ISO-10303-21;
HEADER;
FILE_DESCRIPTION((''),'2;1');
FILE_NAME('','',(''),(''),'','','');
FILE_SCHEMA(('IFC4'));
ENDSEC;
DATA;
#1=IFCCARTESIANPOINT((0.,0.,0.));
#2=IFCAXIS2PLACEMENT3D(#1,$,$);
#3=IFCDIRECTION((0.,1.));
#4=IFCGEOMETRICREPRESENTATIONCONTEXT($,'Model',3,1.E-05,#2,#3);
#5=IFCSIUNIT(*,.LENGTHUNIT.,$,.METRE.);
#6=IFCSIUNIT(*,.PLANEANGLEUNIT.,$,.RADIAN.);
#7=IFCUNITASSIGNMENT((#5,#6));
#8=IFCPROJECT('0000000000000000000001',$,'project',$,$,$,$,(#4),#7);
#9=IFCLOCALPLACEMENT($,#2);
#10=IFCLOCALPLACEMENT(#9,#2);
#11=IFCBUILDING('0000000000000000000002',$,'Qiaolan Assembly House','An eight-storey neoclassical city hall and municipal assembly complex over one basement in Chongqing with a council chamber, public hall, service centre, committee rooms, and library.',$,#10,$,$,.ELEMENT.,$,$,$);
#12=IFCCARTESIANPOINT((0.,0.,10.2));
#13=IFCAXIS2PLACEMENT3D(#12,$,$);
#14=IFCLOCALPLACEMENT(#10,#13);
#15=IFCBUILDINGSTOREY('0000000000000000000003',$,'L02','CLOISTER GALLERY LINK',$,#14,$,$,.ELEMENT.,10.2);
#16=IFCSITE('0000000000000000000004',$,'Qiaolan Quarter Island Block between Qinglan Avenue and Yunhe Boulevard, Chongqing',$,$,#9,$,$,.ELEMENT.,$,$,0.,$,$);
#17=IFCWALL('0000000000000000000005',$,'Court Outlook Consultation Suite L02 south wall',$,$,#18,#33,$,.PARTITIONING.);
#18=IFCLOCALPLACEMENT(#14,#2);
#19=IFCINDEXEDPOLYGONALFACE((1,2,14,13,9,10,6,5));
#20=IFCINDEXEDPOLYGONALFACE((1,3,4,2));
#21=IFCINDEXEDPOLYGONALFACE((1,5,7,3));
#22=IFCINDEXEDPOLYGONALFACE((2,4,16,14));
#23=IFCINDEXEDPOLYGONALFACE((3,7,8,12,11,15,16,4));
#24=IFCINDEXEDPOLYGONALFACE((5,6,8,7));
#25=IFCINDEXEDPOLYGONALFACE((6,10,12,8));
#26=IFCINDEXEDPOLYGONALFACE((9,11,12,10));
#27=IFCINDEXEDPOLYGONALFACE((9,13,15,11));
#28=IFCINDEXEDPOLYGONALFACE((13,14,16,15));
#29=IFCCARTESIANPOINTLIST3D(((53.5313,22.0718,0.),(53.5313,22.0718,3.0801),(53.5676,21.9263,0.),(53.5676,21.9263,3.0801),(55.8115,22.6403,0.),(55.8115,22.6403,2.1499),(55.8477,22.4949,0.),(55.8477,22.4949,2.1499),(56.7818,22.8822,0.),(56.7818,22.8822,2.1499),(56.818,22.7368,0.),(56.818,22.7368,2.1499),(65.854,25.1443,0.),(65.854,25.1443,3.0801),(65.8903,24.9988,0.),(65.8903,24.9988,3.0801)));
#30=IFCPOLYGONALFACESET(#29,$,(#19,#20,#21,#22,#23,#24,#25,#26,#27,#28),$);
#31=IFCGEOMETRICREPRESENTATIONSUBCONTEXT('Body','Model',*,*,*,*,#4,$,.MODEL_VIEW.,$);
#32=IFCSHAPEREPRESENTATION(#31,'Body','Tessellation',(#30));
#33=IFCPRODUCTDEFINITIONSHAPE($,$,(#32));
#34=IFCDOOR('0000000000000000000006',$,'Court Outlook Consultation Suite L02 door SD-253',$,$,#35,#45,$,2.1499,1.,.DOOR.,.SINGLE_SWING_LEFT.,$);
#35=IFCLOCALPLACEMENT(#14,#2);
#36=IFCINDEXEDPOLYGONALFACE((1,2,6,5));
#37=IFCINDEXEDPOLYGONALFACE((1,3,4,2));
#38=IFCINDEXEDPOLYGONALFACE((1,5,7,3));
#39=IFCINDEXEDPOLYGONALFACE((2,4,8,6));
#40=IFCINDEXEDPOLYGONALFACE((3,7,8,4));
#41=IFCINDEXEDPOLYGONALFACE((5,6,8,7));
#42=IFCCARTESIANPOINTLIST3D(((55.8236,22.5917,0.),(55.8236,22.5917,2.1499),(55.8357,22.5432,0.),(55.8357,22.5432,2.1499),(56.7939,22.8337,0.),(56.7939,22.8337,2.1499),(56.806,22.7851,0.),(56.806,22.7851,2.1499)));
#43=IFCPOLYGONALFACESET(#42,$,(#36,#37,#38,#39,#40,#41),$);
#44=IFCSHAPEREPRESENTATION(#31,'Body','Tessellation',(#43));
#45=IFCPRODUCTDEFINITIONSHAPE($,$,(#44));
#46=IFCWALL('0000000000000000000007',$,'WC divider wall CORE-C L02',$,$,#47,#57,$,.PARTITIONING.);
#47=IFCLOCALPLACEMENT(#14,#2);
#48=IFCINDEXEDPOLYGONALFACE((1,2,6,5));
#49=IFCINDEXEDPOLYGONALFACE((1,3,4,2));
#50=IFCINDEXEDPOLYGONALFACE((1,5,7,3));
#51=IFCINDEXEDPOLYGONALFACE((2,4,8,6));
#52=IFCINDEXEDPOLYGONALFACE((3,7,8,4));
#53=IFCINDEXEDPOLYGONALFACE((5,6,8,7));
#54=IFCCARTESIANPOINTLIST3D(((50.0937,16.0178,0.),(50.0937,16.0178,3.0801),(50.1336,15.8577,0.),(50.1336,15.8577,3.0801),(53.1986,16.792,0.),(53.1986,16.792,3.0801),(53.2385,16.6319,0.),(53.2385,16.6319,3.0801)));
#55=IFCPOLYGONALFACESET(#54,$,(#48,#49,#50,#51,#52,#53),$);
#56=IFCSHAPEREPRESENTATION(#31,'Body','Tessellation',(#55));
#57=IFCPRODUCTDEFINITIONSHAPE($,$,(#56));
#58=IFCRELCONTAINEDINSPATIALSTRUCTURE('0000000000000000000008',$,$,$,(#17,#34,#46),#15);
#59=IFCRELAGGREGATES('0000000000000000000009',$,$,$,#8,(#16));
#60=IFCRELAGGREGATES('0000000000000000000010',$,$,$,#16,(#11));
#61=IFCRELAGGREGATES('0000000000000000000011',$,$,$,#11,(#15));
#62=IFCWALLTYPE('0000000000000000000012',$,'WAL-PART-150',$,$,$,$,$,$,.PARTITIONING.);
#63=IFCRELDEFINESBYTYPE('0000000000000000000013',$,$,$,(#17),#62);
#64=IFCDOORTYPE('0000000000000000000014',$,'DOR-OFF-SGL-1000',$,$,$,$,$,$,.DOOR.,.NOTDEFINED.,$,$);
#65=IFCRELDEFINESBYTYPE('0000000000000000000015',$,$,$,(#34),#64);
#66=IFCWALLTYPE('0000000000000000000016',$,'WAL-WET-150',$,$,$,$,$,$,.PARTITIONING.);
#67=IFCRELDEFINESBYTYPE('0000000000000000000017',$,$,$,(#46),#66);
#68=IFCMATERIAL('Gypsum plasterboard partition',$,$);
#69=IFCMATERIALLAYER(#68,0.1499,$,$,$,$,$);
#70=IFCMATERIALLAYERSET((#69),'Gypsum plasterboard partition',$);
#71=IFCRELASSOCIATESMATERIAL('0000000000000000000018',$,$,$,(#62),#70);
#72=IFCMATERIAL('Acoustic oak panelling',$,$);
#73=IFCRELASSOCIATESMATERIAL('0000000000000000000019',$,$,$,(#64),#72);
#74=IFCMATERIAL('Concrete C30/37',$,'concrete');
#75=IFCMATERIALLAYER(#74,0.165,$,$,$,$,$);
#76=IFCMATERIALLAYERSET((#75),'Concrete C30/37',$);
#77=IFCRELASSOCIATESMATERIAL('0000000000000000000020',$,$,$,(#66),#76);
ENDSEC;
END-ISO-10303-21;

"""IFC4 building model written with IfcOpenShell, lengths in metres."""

from ifc_helpers import new_model, si_unit, direction, frame, frame_2d, origin, place, context, subcontext, project, spatial, rectangle, extrude, material, layer, layer_set, type_object, element, fill, save


model = new_model("IFC4")

# Units and contexts
model_context = context("Model", 3, precision=1e-05, world=origin(), true_north=direction((0.0, 1.0)))
body_context = subcontext(model_context, "Body", "Model", "MODEL_VIEW")
ifc_project = project(units=[si_unit("LENGTHUNIT", "METRE"), si_unit("PLANEANGLEUNIT", "RADIAN")], contexts=[model_context])

# Site, building, storey
site_placement = place(None, origin())
site = spatial("IfcSite", under=ifc_project, at=site_placement, Name="Qiaolan Quarter Island Block between Qinglan Avenue and Yunhe Boulevard, Chongqing", CompositionType="ELEMENT", RefElevation=0.0)
building_placement = place(site_placement, origin())
building = spatial("IfcBuilding", under=site, at=building_placement, Name="Qiaolan Assembly House", Description="An eight-storey neoclassical city hall and municipal assembly complex over one basement in Chongqing with a council chamber, public hall, service centre, committee rooms, and library.", CompositionType="ELEMENT")
storey_placement = place(building_placement, frame((0.0, 0.0, 10.2)))
storey = spatial("IfcBuildingStorey", under=building, at=storey_placement, Name="L02", Description="CLOISTER GALLERY LINK", CompositionType="ELEMENT", Elevation=10.2)

# Shared definitions
ifc_material_1 = material(Name="Acoustic oak panelling")

# Shared definitions
ifc_material_2 = material(Name="Gypsum plasterboard partition")

# Wall, opening, door
ifc_layer_1 = layer(ifc_material_2, 0.1499)
ifc_layer_set_1 = layer_set([ifc_layer_1], Name="Gypsum plasterboard partition")
wall_type_1 = type_object("IfcWallType", Name="WAL-PART-150", PredefinedType="PARTITIONING", material=ifc_layer_set_1)
wall_1_placement = place(storey_placement, frame((53.5493, 21.999, 0.0), z_axis=(0.0, 0.0, 1.0), x_axis=(0.970294, 0.241929, 0.0)))
wall_1 = element("IfcWall", 1, at=wall_1_placement, inside=storey, type_object=wall_type_1, Name="Court Outlook Consultation Suite L02 south wall", PredefinedType="PARTITIONING", context=body_context, shape_type="SweptSolid", body=[
    extrude(rectangle(XDim=12.7, YDim=0.1499, at=frame_2d((6.3501, 0.0))), origin(), (0.0, 0.0, 1.0), 3.0801),
])
opening_1_placement = place(wall_1_placement, frame((2.3501, 0.0, 0.0)))
opening_1 = element("IfcOpeningElement", 2, at=opening_1_placement, cuts=wall_1, PredefinedType="OPENING", context=body_context, shape_type="SweptSolid", body=[
    extrude(rectangle(XDim=1.0, YDim=2.1499, at=frame_2d((0.5, 1.075))), frame((0.0, 0.085, 0.0), z_axis=(0.0, -1.0, 0.0), x_axis=(1.0, 0.0, 0.0)), (0.0, 0.0, 1.0), 0.1699),
])
door_type_1 = type_object("IfcDoorType", Name="DOR-OFF-SGL-1000", OperationType="NOTDEFINED", PredefinedType="DOOR", material=ifc_material_1)
door_1_placement = place(opening_1_placement, origin())
door_1 = element("IfcDoor", 3, at=door_1_placement, inside=storey, type_object=door_type_1, Name="Court Outlook Consultation Suite L02 door SD-253", OperationType="SINGLE_SWING_LEFT", OverallHeight=2.1499, OverallWidth=1.0, PredefinedType="DOOR", context=body_context, shape_type="SweptSolid", body=[
    extrude(rectangle(XDim=1.0, YDim=2.1499, at=frame_2d((0.5, 1.075))), frame((0.0, 0.0249, 0.0), z_axis=(0.0, -1.0, 0.0), x_axis=(1.0, 0.0, 0.0)), (0.0, 0.0, 1.0), 0.05),
])
fill(opening_1, door_1)
ifc_material_3 = material(Name="Concrete C30/37", Category="concrete")
ifc_layer_2 = layer(ifc_material_3, 0.165)
ifc_layer_set_2 = layer_set([ifc_layer_2], Name="Concrete C30/37")
wall_type_2 = type_object("IfcWallType", Name="WAL-WET-150", PredefinedType="PARTITIONING", material=ifc_layer_set_2)

# Wall
wall_2_placement = place(storey_placement, frame((50.1135, 15.9377, 0.0), z_axis=(0.0, 0.0, 1.0), x_axis=(0.970295, 0.241925, 0.0)))
element("IfcWall", 4, at=wall_2_placement, inside=storey, type_object=wall_type_2, Name="WC divider wall CORE-C L02", PredefinedType="PARTITIONING", context=body_context, shape_type="SweptSolid", body=[
    extrude(rectangle(XDim=3.2, YDim=0.165, at=frame_2d((1.6001, 0.0))), origin(), (0.0, 0.0, 1.0), 3.0801),
])

save(model, "model.ifc")
